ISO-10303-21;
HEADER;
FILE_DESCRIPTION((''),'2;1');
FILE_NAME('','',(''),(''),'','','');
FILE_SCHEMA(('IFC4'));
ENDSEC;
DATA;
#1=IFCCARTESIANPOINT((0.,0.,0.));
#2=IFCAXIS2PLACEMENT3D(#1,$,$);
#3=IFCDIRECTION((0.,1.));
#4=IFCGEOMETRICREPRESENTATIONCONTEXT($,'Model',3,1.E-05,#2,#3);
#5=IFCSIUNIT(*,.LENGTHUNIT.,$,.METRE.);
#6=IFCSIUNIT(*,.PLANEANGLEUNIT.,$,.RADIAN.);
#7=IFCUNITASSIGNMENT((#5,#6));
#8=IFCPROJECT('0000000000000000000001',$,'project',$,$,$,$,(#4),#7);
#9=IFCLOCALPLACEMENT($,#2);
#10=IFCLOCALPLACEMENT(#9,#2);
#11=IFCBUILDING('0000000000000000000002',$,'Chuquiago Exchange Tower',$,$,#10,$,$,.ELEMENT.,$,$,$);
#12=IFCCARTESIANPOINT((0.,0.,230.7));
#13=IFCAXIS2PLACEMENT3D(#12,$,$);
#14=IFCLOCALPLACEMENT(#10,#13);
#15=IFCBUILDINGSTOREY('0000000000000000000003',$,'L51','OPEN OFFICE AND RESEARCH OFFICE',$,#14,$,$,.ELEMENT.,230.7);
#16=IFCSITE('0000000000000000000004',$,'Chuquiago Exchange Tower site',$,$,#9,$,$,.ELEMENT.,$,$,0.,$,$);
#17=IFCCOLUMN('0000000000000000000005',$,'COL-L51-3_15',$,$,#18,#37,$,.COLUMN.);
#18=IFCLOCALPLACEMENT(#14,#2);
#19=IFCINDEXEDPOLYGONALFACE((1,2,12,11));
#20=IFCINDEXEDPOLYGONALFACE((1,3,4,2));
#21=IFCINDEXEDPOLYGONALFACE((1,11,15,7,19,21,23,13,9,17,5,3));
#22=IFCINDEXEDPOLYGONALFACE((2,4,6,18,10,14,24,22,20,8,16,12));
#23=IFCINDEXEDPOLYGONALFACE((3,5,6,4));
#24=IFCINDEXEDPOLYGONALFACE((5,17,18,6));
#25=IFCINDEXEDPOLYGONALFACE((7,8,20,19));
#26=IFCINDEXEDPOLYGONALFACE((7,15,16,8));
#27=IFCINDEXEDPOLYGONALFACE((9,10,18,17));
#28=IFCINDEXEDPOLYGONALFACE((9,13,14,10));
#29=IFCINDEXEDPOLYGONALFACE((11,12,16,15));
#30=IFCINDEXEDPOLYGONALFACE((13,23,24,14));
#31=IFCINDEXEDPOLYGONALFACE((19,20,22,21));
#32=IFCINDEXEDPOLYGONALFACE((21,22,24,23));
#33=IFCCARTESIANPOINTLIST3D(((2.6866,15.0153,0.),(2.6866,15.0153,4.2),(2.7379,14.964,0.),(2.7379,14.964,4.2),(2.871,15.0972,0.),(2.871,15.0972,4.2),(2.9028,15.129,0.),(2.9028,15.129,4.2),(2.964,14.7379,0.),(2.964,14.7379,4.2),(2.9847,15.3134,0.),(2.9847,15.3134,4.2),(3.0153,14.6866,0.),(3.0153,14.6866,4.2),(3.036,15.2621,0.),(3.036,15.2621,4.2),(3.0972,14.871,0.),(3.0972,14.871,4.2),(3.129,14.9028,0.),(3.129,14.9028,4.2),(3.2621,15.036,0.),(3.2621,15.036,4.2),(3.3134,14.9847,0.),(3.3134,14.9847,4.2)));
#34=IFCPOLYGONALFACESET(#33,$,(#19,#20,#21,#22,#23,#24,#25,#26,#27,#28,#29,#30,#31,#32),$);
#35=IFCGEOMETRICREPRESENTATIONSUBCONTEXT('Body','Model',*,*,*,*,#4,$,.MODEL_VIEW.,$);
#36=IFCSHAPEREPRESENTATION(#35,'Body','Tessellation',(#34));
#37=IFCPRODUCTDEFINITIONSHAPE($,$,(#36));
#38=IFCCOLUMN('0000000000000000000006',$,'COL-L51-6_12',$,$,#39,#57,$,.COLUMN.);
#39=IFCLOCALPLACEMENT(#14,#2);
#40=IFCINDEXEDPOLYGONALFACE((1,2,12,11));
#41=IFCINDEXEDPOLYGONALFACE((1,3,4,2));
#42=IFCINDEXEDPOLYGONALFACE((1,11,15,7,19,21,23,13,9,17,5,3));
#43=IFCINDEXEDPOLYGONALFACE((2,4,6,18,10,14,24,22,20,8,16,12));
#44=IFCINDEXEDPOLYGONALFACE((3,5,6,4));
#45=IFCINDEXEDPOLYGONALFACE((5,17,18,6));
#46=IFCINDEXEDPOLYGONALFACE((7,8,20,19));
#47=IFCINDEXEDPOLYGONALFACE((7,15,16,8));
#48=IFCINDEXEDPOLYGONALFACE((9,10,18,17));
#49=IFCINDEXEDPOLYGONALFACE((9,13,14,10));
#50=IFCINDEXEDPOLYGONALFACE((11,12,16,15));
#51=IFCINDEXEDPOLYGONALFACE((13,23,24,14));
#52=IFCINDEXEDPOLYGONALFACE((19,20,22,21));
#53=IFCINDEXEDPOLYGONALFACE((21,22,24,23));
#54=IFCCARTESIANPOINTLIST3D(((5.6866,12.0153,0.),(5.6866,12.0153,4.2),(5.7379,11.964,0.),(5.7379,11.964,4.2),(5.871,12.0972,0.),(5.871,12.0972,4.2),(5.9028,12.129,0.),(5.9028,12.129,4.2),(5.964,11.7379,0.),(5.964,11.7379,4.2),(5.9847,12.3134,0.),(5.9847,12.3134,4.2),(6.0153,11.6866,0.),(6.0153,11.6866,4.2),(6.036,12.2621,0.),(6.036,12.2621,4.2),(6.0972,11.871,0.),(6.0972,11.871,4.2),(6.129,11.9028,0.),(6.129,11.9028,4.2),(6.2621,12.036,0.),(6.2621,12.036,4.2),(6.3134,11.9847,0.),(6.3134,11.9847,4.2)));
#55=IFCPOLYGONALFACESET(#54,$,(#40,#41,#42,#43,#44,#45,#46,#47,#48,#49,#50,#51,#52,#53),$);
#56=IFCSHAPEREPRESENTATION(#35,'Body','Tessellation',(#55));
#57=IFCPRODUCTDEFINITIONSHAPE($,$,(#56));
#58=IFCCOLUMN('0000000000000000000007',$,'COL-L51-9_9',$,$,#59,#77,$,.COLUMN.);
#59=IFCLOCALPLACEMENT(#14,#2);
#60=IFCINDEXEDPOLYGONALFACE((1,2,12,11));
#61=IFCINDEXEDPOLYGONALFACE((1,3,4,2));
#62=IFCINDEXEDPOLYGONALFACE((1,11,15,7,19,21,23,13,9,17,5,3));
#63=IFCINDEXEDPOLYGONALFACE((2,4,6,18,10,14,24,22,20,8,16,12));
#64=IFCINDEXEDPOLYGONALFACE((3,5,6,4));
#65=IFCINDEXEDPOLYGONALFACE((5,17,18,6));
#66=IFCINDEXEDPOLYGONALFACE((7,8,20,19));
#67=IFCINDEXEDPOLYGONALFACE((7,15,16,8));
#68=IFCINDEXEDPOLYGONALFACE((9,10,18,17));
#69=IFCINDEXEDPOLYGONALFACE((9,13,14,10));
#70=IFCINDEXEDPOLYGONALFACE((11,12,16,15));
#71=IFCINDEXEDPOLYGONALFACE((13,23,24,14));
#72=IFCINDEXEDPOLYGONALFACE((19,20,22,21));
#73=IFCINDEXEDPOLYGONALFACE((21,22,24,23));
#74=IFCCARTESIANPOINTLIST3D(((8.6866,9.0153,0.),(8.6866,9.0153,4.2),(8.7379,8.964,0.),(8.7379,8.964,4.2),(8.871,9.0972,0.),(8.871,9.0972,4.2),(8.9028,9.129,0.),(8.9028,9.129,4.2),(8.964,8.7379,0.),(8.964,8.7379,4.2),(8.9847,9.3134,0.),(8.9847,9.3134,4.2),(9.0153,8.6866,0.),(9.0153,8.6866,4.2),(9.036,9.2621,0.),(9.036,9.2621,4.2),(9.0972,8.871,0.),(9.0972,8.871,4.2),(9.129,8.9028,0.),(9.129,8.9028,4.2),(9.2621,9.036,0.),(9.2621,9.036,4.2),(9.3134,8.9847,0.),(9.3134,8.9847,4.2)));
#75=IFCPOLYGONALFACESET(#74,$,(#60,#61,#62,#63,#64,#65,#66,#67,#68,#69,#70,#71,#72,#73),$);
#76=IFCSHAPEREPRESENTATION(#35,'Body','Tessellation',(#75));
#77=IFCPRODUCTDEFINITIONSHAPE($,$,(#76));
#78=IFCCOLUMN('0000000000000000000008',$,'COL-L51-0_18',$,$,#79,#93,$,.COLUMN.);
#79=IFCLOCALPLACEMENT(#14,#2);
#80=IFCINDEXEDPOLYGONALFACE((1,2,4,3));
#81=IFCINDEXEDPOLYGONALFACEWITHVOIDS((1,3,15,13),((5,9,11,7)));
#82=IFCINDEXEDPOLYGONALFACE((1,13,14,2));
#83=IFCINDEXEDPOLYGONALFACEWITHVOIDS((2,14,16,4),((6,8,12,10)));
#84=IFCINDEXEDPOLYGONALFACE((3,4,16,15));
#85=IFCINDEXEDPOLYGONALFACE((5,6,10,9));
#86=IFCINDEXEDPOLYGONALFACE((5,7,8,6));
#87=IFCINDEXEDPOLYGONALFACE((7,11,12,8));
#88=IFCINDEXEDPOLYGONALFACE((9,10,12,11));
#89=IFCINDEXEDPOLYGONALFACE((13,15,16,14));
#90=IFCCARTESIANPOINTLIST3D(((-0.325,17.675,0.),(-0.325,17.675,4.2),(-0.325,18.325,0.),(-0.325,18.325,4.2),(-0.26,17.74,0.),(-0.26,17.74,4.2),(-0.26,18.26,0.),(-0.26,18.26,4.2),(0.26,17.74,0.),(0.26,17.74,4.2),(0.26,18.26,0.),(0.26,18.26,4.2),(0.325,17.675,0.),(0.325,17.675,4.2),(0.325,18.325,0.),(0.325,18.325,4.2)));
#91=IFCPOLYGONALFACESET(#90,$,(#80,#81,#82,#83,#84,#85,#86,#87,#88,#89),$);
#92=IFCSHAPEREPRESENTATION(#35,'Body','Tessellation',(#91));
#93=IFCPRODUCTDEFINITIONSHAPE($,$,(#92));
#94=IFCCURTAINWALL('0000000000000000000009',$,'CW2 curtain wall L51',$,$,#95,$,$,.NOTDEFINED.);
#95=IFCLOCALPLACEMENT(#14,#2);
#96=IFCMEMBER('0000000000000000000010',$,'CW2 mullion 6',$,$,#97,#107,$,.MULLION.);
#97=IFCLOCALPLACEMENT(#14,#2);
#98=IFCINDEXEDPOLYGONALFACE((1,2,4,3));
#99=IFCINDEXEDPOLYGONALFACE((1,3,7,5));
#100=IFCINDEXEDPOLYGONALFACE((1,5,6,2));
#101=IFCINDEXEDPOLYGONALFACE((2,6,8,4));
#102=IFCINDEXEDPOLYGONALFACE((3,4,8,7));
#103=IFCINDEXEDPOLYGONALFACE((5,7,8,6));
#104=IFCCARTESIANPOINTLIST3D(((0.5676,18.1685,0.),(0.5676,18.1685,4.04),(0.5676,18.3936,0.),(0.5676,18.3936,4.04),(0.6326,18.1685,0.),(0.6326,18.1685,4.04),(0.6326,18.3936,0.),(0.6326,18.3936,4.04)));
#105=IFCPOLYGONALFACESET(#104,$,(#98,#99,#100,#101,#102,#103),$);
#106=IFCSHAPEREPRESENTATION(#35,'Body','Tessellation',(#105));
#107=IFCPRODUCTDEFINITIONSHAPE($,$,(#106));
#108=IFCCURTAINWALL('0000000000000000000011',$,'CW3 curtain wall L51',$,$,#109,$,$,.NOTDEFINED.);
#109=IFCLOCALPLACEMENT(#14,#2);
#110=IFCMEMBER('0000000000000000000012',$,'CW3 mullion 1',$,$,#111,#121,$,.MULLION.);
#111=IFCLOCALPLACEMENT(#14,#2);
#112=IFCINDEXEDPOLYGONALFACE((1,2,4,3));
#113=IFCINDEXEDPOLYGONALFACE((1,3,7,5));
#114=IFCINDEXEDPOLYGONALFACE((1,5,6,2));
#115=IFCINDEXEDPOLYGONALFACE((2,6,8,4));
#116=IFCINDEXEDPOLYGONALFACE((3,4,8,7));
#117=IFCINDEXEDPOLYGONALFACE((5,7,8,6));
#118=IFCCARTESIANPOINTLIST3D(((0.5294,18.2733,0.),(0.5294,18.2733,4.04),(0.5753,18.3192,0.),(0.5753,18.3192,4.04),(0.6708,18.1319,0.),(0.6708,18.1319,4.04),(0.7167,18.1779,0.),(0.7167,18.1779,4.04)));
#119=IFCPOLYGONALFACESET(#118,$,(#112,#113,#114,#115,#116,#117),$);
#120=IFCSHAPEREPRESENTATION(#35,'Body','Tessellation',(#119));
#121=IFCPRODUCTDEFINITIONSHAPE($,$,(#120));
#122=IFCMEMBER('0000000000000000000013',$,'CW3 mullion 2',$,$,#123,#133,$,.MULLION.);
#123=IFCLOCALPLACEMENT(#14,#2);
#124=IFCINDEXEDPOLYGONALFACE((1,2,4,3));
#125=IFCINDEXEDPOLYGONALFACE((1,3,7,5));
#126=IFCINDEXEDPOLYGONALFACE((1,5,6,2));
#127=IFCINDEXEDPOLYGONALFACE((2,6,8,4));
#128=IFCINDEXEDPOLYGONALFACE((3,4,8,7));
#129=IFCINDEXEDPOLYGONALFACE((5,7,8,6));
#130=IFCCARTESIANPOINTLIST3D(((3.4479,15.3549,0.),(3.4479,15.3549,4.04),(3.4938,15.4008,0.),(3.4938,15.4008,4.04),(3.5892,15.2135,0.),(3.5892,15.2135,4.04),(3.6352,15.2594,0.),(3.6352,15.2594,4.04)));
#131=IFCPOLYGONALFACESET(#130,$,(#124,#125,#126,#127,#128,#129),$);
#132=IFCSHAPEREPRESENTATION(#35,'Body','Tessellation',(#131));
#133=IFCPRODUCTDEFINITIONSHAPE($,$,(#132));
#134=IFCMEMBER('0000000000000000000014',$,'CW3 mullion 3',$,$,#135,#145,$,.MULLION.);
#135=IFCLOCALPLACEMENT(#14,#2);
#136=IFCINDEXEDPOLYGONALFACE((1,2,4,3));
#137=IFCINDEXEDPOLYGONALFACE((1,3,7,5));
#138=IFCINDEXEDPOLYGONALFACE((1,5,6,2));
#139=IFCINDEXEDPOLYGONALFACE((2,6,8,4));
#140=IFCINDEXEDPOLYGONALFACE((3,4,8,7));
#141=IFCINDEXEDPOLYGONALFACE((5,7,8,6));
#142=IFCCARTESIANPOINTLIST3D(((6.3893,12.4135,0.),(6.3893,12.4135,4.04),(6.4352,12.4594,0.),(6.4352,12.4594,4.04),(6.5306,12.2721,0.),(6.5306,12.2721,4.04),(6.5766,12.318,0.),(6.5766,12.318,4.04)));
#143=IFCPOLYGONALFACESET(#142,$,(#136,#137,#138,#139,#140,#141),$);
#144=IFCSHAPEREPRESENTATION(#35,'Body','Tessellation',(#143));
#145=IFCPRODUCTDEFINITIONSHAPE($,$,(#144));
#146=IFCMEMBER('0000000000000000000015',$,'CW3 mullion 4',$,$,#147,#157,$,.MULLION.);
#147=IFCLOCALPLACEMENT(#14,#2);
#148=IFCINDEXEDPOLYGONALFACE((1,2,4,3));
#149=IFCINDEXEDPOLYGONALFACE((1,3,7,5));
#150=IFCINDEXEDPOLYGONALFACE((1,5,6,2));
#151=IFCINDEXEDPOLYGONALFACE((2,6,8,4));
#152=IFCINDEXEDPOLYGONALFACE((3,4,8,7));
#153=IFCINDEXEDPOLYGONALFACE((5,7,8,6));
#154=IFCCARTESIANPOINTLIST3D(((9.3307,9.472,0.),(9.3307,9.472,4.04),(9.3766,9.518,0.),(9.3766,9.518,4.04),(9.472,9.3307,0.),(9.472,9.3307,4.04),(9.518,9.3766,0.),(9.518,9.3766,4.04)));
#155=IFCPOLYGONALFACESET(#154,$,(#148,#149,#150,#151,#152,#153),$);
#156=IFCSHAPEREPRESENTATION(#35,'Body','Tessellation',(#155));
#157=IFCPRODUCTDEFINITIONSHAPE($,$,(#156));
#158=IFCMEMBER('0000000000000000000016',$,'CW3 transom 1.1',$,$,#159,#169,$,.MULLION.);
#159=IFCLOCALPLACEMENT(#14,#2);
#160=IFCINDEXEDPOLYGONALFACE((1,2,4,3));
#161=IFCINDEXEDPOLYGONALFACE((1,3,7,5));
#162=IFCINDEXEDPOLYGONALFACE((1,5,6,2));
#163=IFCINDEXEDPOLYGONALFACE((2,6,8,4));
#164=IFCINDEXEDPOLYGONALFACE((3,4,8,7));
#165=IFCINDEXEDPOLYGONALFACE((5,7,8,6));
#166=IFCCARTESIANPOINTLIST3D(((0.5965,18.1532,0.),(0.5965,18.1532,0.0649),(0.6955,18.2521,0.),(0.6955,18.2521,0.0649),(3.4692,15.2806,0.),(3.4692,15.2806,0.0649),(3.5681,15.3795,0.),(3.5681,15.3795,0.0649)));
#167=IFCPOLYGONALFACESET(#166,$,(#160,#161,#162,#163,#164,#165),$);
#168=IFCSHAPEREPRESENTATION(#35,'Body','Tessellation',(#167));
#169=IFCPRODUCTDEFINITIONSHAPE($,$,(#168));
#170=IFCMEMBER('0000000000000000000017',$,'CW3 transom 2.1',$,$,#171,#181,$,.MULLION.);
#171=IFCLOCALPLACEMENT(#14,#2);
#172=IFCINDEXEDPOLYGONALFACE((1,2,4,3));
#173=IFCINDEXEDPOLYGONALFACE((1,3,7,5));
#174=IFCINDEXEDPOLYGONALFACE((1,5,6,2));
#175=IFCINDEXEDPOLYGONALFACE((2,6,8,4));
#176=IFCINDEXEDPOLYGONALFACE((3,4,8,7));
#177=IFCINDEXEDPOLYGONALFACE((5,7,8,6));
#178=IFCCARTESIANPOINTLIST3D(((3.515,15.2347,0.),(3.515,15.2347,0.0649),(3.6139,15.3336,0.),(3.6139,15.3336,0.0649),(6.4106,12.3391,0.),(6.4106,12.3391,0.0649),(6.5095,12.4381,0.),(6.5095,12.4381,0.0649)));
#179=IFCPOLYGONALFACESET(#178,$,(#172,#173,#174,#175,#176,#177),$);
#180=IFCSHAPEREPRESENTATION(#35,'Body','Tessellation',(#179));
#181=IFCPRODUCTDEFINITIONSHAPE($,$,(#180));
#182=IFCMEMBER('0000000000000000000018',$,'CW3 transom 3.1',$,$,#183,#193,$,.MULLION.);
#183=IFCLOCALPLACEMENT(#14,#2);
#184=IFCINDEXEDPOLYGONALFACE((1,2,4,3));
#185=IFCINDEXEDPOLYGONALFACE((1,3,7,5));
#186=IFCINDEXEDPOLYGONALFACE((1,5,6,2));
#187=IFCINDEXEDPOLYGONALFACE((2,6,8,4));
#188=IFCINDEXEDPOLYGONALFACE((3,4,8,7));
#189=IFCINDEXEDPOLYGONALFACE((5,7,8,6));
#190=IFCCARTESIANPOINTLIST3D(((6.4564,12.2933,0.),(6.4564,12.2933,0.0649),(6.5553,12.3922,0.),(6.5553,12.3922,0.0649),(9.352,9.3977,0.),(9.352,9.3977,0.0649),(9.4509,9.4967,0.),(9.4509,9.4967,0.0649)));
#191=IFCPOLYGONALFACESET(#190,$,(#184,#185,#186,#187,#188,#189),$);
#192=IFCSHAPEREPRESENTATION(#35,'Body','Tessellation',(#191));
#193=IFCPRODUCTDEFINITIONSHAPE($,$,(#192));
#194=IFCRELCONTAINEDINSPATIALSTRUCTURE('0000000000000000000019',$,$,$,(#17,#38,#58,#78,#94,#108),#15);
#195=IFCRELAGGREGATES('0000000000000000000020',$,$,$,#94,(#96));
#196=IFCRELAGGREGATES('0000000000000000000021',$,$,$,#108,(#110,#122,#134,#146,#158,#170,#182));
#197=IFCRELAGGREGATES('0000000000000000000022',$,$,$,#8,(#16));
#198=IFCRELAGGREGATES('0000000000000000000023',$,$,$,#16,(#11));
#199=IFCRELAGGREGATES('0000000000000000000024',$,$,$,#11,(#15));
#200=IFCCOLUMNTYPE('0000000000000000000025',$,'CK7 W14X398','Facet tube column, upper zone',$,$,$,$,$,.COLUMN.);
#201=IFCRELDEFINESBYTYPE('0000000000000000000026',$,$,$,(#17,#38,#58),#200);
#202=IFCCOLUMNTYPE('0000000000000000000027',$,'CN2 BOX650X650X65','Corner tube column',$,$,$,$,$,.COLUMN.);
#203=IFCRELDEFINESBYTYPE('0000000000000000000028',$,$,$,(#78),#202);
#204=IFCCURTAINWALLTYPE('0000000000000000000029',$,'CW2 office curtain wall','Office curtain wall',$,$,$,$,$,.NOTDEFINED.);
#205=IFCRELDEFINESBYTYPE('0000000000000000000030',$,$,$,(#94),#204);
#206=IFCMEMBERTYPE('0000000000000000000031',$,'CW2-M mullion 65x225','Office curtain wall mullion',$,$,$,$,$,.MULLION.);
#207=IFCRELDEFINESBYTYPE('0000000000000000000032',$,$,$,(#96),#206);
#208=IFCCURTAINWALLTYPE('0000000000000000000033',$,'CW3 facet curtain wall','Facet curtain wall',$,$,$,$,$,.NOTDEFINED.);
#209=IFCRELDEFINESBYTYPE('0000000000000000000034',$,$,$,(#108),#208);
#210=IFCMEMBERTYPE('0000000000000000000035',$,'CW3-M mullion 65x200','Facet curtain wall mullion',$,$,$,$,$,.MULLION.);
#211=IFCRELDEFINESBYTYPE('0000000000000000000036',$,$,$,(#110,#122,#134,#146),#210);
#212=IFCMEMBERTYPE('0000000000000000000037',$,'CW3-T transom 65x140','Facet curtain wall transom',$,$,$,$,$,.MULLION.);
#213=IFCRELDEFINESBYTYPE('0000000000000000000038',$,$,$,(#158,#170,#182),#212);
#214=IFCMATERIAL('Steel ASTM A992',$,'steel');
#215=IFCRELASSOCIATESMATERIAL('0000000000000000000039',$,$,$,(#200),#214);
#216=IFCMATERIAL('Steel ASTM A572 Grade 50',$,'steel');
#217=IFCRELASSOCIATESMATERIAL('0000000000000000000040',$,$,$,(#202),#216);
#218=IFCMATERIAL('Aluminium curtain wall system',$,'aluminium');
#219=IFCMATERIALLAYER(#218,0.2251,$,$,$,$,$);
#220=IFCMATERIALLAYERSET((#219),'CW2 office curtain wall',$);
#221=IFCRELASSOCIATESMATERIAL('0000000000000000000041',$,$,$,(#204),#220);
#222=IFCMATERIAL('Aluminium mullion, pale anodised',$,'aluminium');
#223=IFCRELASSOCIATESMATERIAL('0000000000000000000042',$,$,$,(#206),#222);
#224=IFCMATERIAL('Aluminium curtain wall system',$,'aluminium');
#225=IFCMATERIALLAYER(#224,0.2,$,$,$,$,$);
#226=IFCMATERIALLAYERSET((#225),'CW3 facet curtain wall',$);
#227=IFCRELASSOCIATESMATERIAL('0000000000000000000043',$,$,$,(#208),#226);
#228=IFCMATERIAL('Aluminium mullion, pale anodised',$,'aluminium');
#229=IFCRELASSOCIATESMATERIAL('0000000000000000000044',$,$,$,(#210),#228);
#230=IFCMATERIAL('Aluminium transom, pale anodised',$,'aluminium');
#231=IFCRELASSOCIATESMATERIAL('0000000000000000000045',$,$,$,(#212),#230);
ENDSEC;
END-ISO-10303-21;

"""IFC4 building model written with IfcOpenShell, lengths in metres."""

from ifc_helpers import new_model, si_unit, direction, frame, origin, origin_2d, place, context, subcontext, project, spatial, rectangle, hollow_rectangle, i_section, extrude, material, layer, layer_set, material_profile, profile_set, type_object, element, aggregate, save


model = new_model("IFC4")

# Units and contexts
model_context = context("Model", 3, precision=1e-05, world=origin(), true_north=direction((0.0, 1.0)))
body_context = subcontext(model_context, "Body", "Model", "MODEL_VIEW")
ifc_project = project(units=[si_unit("LENGTHUNIT", "METRE"), si_unit("PLANEANGLEUNIT", "RADIAN")], contexts=[model_context])

# Site, building, storey
site_placement = place(None, origin())
site = spatial("IfcSite", under=ifc_project, at=site_placement, Name="Chuquiago Exchange Tower site", CompositionType="ELEMENT", RefElevation=0.0)
building_placement = place(site_placement, origin())
building = spatial("IfcBuilding", under=site, at=building_placement, Name="Chuquiago Exchange Tower", CompositionType="ELEMENT")
storey_placement = place(building_placement, frame((0.0, 0.0, 230.7)))
storey = spatial("IfcBuildingStorey", under=building, at=storey_placement, Name="L51", Description="OPEN OFFICE AND RESEARCH OFFICE", CompositionType="ELEMENT", Elevation=230.7)

# Columns
ifc_material_1 = material(Name="Steel ASTM A992", Category="steel")
ifc_material_profile_1 = material_profile(ifc_material_1, i_section(OverallWidth=0.4216, OverallDepth=0.4648, WebThickness=0.0449, FlangeThickness=0.0725, at=origin_2d()), Name="W14X398")
ifc_profile_set_1 = profile_set([ifc_material_profile_1], Name="Steel ASTM A992")
column_type_1 = type_object("IfcColumnType", Name="CK7 W14X398", Description="Facet tube column, upper zone", PredefinedType="COLUMN", material=ifc_profile_set_1)
for number, where, z_axis, x_axis, name in (
    (1, (3.0, 15.0, 0.0), (0.0, 0.0, 1.0), (-0.707107, -0.707107, 0.0), "COL-L51-3_15"),
    (2, (6.0, 12.0, 0.0), (0.0, 0.0, 1.0), (-0.707107, -0.707107, 0.0), "COL-L51-6_12"),
    (3, (9.0, 9.0, 0.0), (0.0, 0.0, 1.0), (-0.707107, -0.707107, 0.0), "COL-L51-9_9"),
):
    element("IfcColumn", number, at=place(storey_placement, frame(where, z_axis=z_axis, x_axis=x_axis)), inside=storey, type_object=column_type_1, Name=name, PredefinedType="COLUMN", context=body_context, shape_type="SweptSolid", body=[
        extrude(i_section(OverallWidth=0.4216, OverallDepth=0.4648, WebThickness=0.0449, FlangeThickness=0.0725, at=origin_2d()), origin(), (0.0, 0.0, 1.0), 4.2),
    ])
ifc_material_2 = material(Name="Steel ASTM A572 Grade 50", Category="steel")
ifc_material_profile_2 = material_profile(ifc_material_2, hollow_rectangle(XDim=0.6499, YDim=0.6499, WallThickness=0.0649, at=origin_2d()), Name="BOX650X650X65")
ifc_profile_set_2 = profile_set([ifc_material_profile_2], Name="Steel ASTM A572 Grade 50")
column_type_2 = type_object("IfcColumnType", Name="CN2 BOX650X650X65", Description="Corner tube column", PredefinedType="COLUMN", material=ifc_profile_set_2)
column_placement = place(storey_placement, frame((0.0, 18.0, 0.0), z_axis=(0.0, 0.0, 1.0), x_axis=(-1.0, 0.0, 0.0)))
element("IfcColumn", 4, at=column_placement, inside=storey, type_object=column_type_2, Name="COL-L51-0_18", PredefinedType="COLUMN", context=body_context, shape_type="SweptSolid", body=[
    extrude(hollow_rectangle(XDim=0.6499, YDim=0.6499, WallThickness=0.0649, at=origin_2d()), origin(), (0.0, 0.0, 1.0), 4.2),
])

# Curtain wall, member
ifc_material_3 = material(Name="Aluminium curtain wall system", Category="aluminium")
ifc_layer_1 = layer(ifc_material_3, 0.2251)
ifc_layer_set_1 = layer_set([ifc_layer_1], Name="CW2 office curtain wall")
curtain_wall_type_1 = type_object("IfcCurtainWallType", Name="CW2 office curtain wall", Description="Office curtain wall", PredefinedType="NOTDEFINED", material=ifc_layer_set_1)
curtain_wall_1_placement = place(storey_placement, origin())
curtain_wall_1 = element("IfcCurtainWall", 5, at=curtain_wall_1_placement, inside=storey, type_object=curtain_wall_type_1, Name="CW2 curtain wall L51", PredefinedType="NOTDEFINED")
ifc_material_4 = material(Name="Aluminium mullion, pale anodised", Category="aluminium")
ifc_material_profile_3 = material_profile(ifc_material_4, rectangle(XDim=0.0649, YDim=0.2251, at=origin_2d()), Name="AL 65x225")
ifc_profile_set_3 = profile_set([ifc_material_profile_3], Name="Aluminium mullion, pale anodised")
member_type_1 = type_object("IfcMemberType", Name="CW2-M mullion 65x225", Description="Office curtain wall mullion", PredefinedType="MULLION", material=ifc_profile_set_3)
member_1_placement = place(storey_placement, frame((0.6001, 18.281, 0.0), z_axis=(0.0, 0.0, 1.0), x_axis=(1.0, 0.0, 0.0)))
member_1 = element("IfcMember", 6, at=member_1_placement, type_object=member_type_1, Name="CW2 mullion 6", PredefinedType="MULLION", context=body_context, shape_type="SweptSolid", body=[
    extrude(rectangle(XDim=0.0649, YDim=0.2251, at=origin_2d()), origin(), (0.0, 0.0, 1.0), 4.04),
])
aggregate(curtain_wall_1, [member_1])

# Curtain wall, members
ifc_material_5 = material(Name="Aluminium curtain wall system", Category="aluminium")
ifc_layer_2 = layer(ifc_material_5, 0.2)
ifc_layer_set_2 = layer_set([ifc_layer_2], Name="CW3 facet curtain wall")
curtain_wall_type_2 = type_object("IfcCurtainWallType", Name="CW3 facet curtain wall", Description="Facet curtain wall", PredefinedType="NOTDEFINED", material=ifc_layer_set_2)
curtain_wall_2_placement = place(storey_placement, origin())
curtain_wall_2 = element("IfcCurtainWall", 7, at=curtain_wall_2_placement, inside=storey, type_object=curtain_wall_type_2, Name="CW3 curtain wall L51", PredefinedType="NOTDEFINED")
ifc_material_6 = material(Name="Aluminium mullion, pale anodised", Category="aluminium")
ifc_material_profile_4 = material_profile(ifc_material_6, rectangle(XDim=0.0649, YDim=0.2, at=origin_2d()), Name="AL 65x200")
ifc_profile_set_4 = profile_set([ifc_material_profile_4], Name="Aluminium mullion, pale anodised")
member_type_2 = type_object("IfcMemberType", Name="CW3-M mullion 65x200", Description="Facet curtain wall mullion", PredefinedType="MULLION", material=ifc_profile_set_4)
member_2_placement = place(storey_placement, frame((0.623, 18.2256, 0.0), z_axis=(0.0, 0.0, 1.0), x_axis=(0.707107, 0.707107, 0.0)))
member_2 = element("IfcMember", 8, at=member_2_placement, type_object=member_type_2, Name="CW3 mullion 1", PredefinedType="MULLION", context=body_context, shape_type="SweptSolid", body=[
    extrude(rectangle(XDim=0.0649, YDim=0.2, at=origin_2d()), origin(), (0.0, 0.0, 1.0), 4.04),
])
member_3_placement = place(storey_placement, frame((3.5415, 15.3071, 0.0), z_axis=(0.0, 0.0, 1.0), x_axis=(0.707107, 0.707107, 0.0)))
member_3 = element("IfcMember", 9, at=member_3_placement, type_object=member_type_2, Name="CW3 mullion 2", PredefinedType="MULLION", context=body_context, shape_type="SweptSolid", body=[
    extrude(rectangle(XDim=0.0649, YDim=0.2, at=origin_2d()), origin(), (0.0, 0.0, 1.0), 4.04),
])
member_4_placement = place(storey_placement, frame((6.4829, 12.3657, 0.0), z_axis=(0.0, 0.0, 1.0), x_axis=(0.707107, 0.707107, 0.0)))
member_4 = element("IfcMember", 10, at=member_4_placement, type_object=member_type_2, Name="CW3 mullion 3", PredefinedType="MULLION", context=body_context, shape_type="SweptSolid", body=[
    extrude(rectangle(XDim=0.0649, YDim=0.2, at=origin_2d()), origin(), (0.0, 0.0, 1.0), 4.04),
])
member_5_placement = place(storey_placement, frame((9.4243, 9.4243, 0.0), z_axis=(0.0, 0.0, 1.0), x_axis=(0.707107, 0.707107, 0.0)))
member_5 = element("IfcMember", 11, at=member_5_placement, type_object=member_type_2, Name="CW3 mullion 4", PredefinedType="MULLION", context=body_context, shape_type="SweptSolid", body=[
    extrude(rectangle(XDim=0.0649, YDim=0.2, at=origin_2d()), origin(), (0.0, 0.0, 1.0), 4.04),
])
ifc_material_7 = material(Name="Aluminium transom, pale anodised", Category="aluminium")
ifc_material_profile_5 = material_profile(ifc_material_7, rectangle(XDim=0.1399, YDim=0.0649, at=origin_2d()), Name="AL 140x65")
ifc_profile_set_5 = profile_set([ifc_material_profile_5], Name="Aluminium transom, pale anodised")
member_type_3 = type_object("IfcMemberType", Name="CW3-T transom 65x140", Description="Facet curtain wall transom", PredefinedType="MULLION", material=ifc_profile_set_5)
member_6_placement = place(storey_placement, frame((0.646, 18.2026, 0.0325), z_axis=(0.707107, -0.707107, 0.0), x_axis=(0.707107, 0.707107, 0.0)))
member_6 = element("IfcMember", 12, at=member_6_placement, type_object=member_type_3, Name="CW3 transom 1.1", PredefinedType="MULLION", context=body_context, shape_type="SweptSolid", body=[
    extrude(rectangle(XDim=0.1399, YDim=0.0649, at=origin_2d()), origin(), (0.0, 0.0, 1.0), 4.0625),
])
member_7_placement = place(storey_placement, frame((3.5645, 15.2842, 0.0325), z_axis=(0.707107, -0.707107, 0.0), x_axis=(0.707107, 0.707107, 0.0)))
member_7 = element("IfcMember", 13, at=member_7_placement, type_object=member_type_3, Name="CW3 transom 2.1", PredefinedType="MULLION", context=body_context, shape_type="SweptSolid", body=[
    extrude(rectangle(XDim=0.1399, YDim=0.0649, at=origin_2d()), origin(), (0.0, 0.0, 1.0), 4.095),
])
member_8_placement = place(storey_placement, frame((6.5059, 12.3428, 0.0325), z_axis=(0.707107, -0.707107, 0.0), x_axis=(0.707107, 0.707107, 0.0)))
member_8 = element("IfcMember", 14, at=member_8_placement, type_object=member_type_3, Name="CW3 transom 3.1", PredefinedType="MULLION", context=body_context, shape_type="SweptSolid", body=[
    extrude(rectangle(XDim=0.1399, YDim=0.0649, at=origin_2d()), origin(), (0.0, 0.0, 1.0), 4.095),
])

aggregate(curtain_wall_2, [member_2, member_3, member_4, member_5, member_6, member_7, member_8])

save(model, "model.ifc")
